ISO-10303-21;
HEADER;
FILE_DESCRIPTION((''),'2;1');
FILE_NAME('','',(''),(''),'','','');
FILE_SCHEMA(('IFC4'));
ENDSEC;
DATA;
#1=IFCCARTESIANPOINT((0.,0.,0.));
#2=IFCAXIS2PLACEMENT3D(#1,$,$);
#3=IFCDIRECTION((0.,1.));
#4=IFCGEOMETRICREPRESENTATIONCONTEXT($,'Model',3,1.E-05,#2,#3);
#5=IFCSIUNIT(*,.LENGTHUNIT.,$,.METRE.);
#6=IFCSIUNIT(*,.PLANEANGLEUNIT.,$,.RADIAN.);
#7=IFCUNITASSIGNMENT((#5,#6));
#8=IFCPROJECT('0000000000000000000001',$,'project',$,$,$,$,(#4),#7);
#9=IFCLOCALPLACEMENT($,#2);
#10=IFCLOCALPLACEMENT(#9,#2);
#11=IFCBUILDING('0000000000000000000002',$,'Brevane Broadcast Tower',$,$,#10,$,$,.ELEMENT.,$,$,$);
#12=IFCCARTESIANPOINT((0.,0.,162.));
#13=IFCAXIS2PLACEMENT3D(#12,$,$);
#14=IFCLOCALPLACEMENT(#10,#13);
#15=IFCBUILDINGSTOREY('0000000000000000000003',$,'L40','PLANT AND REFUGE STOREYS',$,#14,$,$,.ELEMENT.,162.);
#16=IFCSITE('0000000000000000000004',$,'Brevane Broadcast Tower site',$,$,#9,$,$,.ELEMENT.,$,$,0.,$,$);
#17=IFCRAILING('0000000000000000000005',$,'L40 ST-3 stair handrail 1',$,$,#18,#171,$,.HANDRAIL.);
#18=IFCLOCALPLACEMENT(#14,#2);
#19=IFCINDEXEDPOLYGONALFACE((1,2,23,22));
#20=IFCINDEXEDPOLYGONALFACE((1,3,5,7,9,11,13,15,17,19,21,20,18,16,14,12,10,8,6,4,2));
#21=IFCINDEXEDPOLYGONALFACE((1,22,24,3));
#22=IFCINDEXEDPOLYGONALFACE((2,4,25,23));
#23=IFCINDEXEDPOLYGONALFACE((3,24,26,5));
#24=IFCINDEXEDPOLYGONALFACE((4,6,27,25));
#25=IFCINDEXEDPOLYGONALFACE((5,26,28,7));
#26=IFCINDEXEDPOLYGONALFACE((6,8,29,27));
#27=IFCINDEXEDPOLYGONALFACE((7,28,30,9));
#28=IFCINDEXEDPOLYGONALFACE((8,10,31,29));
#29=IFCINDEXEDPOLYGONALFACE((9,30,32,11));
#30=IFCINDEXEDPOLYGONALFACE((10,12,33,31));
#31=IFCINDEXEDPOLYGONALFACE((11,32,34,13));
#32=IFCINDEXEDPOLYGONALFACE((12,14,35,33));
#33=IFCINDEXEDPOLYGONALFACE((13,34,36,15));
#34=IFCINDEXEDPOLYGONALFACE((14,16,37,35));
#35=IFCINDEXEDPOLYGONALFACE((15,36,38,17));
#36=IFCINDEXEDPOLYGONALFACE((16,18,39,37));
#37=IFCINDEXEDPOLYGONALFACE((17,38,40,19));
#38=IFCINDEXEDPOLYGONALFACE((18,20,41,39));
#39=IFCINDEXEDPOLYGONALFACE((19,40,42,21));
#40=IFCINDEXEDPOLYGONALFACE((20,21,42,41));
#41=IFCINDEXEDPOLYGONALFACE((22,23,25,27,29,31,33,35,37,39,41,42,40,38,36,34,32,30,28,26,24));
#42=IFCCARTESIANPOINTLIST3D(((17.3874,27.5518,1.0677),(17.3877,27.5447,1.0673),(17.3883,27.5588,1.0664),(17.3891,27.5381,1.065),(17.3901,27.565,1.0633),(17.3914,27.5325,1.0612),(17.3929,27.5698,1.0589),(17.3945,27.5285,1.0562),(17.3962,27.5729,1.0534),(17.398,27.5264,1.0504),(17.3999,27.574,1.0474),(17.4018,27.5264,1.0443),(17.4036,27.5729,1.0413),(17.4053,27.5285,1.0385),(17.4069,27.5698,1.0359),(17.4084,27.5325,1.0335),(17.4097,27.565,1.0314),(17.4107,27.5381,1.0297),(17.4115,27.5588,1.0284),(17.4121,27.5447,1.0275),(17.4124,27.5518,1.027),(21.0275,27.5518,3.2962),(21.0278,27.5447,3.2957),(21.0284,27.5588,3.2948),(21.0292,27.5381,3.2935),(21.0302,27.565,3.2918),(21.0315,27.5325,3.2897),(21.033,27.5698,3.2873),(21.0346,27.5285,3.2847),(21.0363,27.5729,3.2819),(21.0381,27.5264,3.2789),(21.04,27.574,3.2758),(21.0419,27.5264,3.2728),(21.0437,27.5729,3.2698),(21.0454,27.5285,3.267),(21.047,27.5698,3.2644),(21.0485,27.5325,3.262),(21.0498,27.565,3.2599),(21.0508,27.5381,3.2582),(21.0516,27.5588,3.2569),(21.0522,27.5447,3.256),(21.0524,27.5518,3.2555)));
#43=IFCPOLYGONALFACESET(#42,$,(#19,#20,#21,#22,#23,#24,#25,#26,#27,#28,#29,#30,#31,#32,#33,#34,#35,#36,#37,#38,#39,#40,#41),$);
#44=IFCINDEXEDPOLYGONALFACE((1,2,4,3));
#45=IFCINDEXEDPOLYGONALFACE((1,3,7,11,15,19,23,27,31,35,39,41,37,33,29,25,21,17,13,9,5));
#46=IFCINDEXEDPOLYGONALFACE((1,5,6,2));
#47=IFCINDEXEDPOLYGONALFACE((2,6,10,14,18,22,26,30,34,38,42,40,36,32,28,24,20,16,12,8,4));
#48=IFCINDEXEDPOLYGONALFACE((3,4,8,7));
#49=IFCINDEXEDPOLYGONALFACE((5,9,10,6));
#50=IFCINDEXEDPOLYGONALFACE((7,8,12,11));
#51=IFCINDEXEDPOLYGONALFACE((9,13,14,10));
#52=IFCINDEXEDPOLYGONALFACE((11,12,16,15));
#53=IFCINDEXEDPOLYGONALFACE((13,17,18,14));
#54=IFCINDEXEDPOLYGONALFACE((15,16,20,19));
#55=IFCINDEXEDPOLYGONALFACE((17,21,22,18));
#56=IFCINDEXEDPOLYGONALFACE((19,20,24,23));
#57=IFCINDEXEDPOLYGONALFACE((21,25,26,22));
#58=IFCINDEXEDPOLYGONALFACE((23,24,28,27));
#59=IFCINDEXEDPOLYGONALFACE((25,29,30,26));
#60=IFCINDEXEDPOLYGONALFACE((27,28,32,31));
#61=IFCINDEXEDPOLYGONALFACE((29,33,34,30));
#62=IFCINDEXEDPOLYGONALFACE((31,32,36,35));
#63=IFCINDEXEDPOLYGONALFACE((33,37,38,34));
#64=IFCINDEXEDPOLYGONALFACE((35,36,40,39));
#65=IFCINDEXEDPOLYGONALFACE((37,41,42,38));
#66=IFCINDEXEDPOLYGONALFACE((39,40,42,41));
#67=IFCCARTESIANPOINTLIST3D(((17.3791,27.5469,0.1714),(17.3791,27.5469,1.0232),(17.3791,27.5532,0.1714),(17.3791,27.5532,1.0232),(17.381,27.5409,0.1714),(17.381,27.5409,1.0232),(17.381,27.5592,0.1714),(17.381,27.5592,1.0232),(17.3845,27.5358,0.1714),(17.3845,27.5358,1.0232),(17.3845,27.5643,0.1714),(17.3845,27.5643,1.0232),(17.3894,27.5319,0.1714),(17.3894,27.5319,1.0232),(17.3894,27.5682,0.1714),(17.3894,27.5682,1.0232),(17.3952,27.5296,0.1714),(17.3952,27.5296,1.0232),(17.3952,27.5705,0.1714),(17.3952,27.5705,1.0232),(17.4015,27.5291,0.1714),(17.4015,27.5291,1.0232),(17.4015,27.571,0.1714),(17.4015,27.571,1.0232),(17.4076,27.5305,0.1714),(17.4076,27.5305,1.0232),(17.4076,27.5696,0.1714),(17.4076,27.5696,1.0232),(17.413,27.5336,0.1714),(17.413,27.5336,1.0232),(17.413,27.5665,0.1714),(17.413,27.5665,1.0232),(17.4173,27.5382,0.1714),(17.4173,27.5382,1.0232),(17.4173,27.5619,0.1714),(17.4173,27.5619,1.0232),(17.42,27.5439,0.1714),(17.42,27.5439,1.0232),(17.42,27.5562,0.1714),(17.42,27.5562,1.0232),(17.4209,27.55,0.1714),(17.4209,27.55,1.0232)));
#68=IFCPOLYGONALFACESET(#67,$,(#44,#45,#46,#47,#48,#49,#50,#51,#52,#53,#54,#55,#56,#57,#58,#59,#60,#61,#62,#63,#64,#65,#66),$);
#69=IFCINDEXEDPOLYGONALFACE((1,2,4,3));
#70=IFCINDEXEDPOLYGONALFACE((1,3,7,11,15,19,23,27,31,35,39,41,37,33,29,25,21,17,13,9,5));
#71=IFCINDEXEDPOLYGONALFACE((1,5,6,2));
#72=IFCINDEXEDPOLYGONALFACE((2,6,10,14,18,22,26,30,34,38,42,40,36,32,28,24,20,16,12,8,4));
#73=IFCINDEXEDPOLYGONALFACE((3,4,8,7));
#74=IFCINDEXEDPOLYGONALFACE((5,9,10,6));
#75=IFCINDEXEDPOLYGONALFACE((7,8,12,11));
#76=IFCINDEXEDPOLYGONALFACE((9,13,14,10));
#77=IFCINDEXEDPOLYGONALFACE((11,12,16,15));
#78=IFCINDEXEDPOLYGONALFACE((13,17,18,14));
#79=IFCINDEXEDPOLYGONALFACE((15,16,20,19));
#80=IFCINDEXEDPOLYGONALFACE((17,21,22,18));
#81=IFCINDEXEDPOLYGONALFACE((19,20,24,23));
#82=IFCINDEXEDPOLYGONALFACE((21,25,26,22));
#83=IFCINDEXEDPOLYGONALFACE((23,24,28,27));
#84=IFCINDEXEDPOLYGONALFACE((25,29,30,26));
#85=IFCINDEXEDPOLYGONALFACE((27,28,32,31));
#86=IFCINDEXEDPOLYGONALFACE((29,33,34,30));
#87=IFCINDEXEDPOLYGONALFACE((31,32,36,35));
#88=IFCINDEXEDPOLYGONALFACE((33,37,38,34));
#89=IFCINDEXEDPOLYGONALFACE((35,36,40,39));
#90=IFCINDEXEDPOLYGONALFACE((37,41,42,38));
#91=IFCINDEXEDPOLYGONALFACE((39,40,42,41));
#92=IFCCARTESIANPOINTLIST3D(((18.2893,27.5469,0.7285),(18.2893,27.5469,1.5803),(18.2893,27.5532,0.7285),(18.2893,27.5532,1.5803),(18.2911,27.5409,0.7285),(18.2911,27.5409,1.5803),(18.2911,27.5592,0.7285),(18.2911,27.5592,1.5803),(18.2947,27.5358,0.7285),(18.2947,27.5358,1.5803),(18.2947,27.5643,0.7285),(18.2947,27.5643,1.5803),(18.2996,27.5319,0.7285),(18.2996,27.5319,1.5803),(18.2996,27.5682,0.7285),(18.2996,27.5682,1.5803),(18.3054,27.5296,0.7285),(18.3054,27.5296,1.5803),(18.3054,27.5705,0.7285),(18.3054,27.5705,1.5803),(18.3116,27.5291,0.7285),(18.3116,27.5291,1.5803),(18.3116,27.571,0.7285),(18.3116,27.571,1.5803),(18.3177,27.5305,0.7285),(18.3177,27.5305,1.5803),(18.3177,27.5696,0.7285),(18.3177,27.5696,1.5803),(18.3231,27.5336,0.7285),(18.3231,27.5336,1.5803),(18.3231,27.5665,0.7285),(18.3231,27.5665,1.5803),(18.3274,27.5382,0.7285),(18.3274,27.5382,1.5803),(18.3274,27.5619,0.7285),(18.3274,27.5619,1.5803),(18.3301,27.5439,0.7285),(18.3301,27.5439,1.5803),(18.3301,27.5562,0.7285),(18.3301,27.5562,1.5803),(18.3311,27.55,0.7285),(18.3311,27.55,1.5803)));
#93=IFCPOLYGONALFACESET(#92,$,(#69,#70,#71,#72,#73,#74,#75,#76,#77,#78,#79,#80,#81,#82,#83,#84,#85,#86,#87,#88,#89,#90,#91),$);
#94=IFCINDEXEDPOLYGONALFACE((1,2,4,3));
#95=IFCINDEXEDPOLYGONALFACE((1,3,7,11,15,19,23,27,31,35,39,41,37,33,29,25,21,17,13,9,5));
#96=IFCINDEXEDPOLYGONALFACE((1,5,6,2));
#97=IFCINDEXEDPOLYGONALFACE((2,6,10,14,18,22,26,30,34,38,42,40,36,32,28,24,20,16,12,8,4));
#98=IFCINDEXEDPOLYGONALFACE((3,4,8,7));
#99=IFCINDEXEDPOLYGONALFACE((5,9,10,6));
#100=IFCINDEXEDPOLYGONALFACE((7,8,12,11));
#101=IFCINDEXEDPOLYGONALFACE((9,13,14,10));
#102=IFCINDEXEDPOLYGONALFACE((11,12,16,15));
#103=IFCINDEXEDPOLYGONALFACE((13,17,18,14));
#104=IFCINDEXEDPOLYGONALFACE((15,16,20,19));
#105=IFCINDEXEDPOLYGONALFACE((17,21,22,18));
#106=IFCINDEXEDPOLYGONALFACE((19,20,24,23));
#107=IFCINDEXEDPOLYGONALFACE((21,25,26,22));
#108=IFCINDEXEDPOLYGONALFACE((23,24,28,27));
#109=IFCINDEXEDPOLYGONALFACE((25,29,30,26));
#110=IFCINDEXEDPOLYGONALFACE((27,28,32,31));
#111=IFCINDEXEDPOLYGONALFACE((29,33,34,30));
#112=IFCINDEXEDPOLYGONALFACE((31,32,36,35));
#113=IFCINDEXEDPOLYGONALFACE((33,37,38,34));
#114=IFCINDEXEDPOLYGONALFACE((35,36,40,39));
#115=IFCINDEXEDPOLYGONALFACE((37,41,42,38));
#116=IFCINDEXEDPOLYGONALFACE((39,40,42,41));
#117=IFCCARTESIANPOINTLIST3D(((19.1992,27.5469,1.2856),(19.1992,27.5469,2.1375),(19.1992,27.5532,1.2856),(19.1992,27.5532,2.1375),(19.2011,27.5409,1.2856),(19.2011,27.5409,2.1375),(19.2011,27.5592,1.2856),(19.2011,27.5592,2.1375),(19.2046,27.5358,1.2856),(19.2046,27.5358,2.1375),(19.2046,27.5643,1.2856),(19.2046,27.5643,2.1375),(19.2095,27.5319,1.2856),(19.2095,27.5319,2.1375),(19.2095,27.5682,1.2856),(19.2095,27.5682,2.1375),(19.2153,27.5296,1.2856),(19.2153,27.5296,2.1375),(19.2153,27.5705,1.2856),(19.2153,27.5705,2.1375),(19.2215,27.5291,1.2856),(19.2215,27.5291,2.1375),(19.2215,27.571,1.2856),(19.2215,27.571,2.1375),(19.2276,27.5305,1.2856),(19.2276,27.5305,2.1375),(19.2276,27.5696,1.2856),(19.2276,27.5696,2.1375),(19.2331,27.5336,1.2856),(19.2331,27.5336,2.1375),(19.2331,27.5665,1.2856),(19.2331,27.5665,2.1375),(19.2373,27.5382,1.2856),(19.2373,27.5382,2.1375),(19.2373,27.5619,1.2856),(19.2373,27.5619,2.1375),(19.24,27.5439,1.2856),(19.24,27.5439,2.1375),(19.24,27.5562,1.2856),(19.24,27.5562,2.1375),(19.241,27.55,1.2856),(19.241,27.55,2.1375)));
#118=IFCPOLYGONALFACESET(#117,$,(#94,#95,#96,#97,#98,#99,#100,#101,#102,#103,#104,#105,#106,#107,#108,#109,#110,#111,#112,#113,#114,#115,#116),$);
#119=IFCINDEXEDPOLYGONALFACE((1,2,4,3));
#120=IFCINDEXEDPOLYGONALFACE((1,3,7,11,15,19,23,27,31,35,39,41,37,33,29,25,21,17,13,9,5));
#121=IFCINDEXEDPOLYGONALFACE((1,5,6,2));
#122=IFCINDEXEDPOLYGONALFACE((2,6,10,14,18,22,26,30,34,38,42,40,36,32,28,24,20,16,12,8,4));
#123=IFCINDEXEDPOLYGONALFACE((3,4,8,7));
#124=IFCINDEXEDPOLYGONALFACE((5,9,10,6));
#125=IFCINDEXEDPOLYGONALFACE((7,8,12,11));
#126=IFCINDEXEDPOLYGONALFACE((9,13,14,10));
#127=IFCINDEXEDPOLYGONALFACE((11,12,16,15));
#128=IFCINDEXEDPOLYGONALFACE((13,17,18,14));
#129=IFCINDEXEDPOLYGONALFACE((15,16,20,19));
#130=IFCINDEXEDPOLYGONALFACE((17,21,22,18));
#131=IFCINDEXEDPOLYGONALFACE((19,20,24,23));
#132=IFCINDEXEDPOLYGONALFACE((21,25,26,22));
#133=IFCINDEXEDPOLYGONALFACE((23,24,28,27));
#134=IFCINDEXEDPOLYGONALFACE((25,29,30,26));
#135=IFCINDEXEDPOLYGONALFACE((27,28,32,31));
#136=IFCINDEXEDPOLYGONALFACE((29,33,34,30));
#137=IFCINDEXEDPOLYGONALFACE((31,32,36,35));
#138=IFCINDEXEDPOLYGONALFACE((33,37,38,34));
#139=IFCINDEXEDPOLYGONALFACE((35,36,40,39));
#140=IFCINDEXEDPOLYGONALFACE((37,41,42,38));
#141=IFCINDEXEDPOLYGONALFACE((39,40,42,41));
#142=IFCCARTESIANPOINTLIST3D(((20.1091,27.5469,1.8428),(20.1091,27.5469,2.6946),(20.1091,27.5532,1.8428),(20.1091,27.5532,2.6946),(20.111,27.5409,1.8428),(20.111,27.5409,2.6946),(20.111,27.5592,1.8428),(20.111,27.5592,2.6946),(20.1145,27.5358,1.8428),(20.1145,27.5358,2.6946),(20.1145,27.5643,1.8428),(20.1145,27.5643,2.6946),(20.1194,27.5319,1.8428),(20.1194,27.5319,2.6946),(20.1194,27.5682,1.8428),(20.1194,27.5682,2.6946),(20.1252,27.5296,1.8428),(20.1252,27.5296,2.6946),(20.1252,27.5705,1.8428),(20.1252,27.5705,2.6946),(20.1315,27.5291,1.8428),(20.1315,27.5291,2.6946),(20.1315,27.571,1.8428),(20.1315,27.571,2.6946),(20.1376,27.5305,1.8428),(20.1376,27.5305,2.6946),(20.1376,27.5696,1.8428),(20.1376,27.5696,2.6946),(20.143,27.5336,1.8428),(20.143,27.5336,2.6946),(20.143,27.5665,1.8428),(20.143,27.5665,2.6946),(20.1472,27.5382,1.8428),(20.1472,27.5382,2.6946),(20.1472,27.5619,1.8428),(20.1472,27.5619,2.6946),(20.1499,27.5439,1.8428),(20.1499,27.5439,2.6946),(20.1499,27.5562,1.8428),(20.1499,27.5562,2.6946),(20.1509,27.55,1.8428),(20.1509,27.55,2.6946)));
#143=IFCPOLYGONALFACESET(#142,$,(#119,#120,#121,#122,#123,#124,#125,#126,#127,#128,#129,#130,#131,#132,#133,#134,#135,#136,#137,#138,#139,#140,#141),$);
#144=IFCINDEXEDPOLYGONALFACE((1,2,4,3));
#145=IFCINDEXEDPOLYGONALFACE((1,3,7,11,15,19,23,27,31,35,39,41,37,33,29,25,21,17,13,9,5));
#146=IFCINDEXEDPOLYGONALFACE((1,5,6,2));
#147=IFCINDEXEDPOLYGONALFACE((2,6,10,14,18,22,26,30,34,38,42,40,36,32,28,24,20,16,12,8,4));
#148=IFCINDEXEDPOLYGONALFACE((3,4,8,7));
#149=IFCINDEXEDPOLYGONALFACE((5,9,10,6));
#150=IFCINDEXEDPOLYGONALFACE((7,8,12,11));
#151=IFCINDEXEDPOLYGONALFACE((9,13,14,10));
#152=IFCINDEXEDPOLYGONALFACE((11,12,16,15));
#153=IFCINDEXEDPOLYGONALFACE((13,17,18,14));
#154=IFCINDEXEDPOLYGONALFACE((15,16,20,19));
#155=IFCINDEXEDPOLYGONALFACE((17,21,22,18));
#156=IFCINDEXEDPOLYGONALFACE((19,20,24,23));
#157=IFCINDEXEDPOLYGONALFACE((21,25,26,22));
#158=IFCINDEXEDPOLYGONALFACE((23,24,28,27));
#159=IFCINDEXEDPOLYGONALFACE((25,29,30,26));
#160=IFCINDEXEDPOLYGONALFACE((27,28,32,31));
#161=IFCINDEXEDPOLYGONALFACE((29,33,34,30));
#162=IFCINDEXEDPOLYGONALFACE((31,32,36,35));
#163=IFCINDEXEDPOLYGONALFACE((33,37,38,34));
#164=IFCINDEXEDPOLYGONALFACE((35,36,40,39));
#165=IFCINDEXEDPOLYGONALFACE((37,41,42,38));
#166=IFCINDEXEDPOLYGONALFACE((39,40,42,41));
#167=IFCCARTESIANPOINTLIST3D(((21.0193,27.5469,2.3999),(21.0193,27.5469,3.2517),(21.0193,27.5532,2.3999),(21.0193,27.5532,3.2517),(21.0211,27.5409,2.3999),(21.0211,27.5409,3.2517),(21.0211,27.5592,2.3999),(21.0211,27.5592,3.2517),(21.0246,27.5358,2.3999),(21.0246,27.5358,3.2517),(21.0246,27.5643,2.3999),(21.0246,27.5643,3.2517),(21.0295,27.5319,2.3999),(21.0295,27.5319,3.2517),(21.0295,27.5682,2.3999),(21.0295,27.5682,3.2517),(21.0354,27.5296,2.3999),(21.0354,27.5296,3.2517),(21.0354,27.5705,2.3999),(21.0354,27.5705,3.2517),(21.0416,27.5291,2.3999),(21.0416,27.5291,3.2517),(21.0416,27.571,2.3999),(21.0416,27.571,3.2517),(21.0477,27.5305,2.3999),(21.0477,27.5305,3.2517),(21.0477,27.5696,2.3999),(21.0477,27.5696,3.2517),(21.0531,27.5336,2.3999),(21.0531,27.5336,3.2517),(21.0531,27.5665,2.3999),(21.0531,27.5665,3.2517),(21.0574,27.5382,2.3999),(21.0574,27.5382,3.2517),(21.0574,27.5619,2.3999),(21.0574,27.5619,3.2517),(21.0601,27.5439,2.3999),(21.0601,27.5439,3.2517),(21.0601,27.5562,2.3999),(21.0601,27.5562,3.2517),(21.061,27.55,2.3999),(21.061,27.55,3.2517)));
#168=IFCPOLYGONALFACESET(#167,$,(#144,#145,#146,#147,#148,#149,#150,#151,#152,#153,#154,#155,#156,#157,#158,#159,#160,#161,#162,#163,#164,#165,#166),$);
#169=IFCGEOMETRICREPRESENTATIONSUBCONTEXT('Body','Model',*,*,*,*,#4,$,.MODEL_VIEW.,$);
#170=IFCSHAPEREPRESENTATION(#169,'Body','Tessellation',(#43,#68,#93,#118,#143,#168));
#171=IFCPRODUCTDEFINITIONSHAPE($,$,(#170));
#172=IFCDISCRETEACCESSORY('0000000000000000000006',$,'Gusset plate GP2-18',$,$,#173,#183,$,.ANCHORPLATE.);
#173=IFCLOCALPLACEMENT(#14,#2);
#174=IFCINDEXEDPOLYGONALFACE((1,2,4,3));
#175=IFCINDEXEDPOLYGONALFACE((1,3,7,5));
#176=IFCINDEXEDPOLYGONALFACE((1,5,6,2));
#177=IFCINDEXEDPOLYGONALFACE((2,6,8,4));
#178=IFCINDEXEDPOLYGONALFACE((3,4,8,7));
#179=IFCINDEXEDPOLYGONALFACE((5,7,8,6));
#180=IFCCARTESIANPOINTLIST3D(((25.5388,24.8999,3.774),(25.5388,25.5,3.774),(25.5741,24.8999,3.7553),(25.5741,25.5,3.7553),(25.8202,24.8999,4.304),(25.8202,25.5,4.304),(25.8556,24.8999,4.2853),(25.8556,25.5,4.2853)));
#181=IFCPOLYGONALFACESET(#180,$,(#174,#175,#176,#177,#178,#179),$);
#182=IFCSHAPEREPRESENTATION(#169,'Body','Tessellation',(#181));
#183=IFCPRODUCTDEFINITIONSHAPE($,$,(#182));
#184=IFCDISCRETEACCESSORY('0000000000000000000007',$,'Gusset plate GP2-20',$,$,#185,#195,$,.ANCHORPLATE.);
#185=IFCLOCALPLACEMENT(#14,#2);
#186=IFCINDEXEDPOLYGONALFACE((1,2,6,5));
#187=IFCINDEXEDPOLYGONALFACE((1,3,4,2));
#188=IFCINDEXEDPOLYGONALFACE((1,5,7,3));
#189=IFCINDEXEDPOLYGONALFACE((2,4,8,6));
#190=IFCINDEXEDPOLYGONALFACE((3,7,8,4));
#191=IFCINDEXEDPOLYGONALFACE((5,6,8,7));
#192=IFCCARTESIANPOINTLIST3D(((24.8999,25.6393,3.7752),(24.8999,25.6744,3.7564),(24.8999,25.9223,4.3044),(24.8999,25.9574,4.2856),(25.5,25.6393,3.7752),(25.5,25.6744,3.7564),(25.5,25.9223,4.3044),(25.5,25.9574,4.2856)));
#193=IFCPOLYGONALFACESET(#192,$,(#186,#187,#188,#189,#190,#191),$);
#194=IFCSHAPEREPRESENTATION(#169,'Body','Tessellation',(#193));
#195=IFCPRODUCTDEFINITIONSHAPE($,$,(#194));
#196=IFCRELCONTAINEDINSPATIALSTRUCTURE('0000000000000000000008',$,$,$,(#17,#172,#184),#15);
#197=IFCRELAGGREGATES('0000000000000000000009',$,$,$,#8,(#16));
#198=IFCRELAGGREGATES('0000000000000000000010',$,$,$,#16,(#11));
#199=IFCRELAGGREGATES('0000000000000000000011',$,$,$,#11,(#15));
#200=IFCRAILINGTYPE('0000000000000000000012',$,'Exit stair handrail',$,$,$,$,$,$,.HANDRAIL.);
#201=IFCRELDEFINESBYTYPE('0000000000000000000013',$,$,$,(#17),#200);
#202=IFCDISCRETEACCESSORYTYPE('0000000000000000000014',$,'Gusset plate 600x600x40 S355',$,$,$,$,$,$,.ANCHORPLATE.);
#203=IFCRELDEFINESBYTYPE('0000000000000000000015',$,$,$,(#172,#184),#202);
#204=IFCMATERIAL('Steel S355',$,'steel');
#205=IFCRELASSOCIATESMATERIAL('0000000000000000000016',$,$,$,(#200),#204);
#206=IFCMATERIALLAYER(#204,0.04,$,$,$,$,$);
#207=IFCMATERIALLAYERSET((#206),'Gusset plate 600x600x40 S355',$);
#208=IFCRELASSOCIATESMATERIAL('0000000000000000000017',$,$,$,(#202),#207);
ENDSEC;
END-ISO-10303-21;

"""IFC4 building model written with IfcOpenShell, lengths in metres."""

from ifc_helpers import new_model, si_unit, direction, frame, origin, origin_2d, place, context, subcontext, project, spatial, rectangle, circle, extrude, material, layer, layer_set, type_object, element, save


model = new_model("IFC4")

# Units and contexts
model_context = context("Model", 3, precision=1e-05, world=origin(), true_north=direction((0.0, 1.0)))
body_context = subcontext(model_context, "Body", "Model", "MODEL_VIEW")
ifc_project = project(units=[si_unit("LENGTHUNIT", "METRE"), si_unit("PLANEANGLEUNIT", "RADIAN")], contexts=[model_context])

# Site, building, storey
site_placement = place(None, origin())
site = spatial("IfcSite", under=ifc_project, at=site_placement, Name="Brevane Broadcast Tower site", CompositionType="ELEMENT", RefElevation=0.0)
building_placement = place(site_placement, origin())
building = spatial("IfcBuilding", under=site, at=building_placement, Name="Brevane Broadcast Tower", CompositionType="ELEMENT")
storey_placement = place(building_placement, frame((0.0, 0.0, 162.0)))
storey = spatial("IfcBuildingStorey", under=building, at=storey_placement, Name="L40", Description="PLANT AND REFUGE STOREYS", CompositionType="ELEMENT", Elevation=162.0)

# Railing
ifc_material_1 = material(Name="Steel S355", Category="steel")
railing_type_1 = type_object("IfcRailingType", Name="Exit stair handrail", PredefinedType="HANDRAIL", material=ifc_material_1)
railing_1_placement = place(storey_placement, frame((17.3999, 27.55, 0.1714)))
element("IfcRailing", 1, at=railing_1_placement, inside=storey, type_object=railing_type_1, Name="L40 ST-3 stair handrail 1", PredefinedType="HANDRAIL", context=body_context, shape_type="SweptSolid", body=[
    extrude(circle(Radius=0.0239, at=origin_2d()), frame((0.0, 0.0, 0.876), z_axis=(0.852866, 0.0, 0.52213), x_axis=(0.0, 1.0, 0.0)), (0.0, 0.0, 1.0), 4.2681),
    extrude(circle(Radius=0.021, at=origin_2d()), origin(), (0.0, 0.0, 1.0), 0.8518),
    extrude(circle(Radius=0.021, at=origin_2d()), frame((0.9102, 0.0, 0.5571)), (0.0, 0.0, 1.0), 0.8518),
    extrude(circle(Radius=0.021, at=origin_2d()), frame((1.8201, 0.0, 1.1143)), (0.0, 0.0, 1.0), 0.8518),
    extrude(circle(Radius=0.021, at=origin_2d()), frame((2.73, 0.0, 1.6714)), (0.0, 0.0, 1.0), 0.8518),
    extrude(circle(Radius=0.021, at=origin_2d()), frame((3.6401, 0.0, 2.2285)), (0.0, 0.0, 1.0), 0.8518),
])

# Discrete accessories
ifc_layer_1 = layer(ifc_material_1, 0.04)
ifc_layer_set_1 = layer_set([ifc_layer_1], Name="Gusset plate 600x600x40 S355")
discrete_accessory_type = type_object("IfcDiscreteAccessoryType", Name="Gusset plate 600x600x40 S355", PredefinedType="ANCHORPLATE", material=ifc_layer_set_1)
discrete_accessory_1_placement = place(storey_placement, frame((25.7148, 25.2, 4.0203), z_axis=(-0.883195, 0.0, 0.469007), x_axis=(0.0, -1.0, 0.0)))
element("IfcDiscreteAccessory", 2, at=discrete_accessory_1_placement, inside=storey, type_object=discrete_accessory_type, Name="Gusset plate GP2-18", PredefinedType="ANCHORPLATE", context=body_context, shape_type="SweptSolid", body=[
    extrude(rectangle(XDim=0.6001, YDim=0.6001, at=origin_2d()), origin(), (0.0, 0.0, 1.0), 0.04),
])
discrete_accessory_2_placement = place(storey_placement, frame((25.2, 25.8159, 4.021), z_axis=(0.0, -0.881844, 0.471542), x_axis=(1.0, 0.0, 0.0)))
element("IfcDiscreteAccessory", 3, at=discrete_accessory_2_placement, inside=storey, type_object=discrete_accessory_type, Name="Gusset plate GP2-20", PredefinedType="ANCHORPLATE", context=body_context, shape_type="SweptSolid", body=[
    extrude(rectangle(XDim=0.6001, YDim=0.6001, at=origin_2d()), origin(), (0.0, 0.0, 1.0), 0.0398),
])

save(model, "model.ifc")
